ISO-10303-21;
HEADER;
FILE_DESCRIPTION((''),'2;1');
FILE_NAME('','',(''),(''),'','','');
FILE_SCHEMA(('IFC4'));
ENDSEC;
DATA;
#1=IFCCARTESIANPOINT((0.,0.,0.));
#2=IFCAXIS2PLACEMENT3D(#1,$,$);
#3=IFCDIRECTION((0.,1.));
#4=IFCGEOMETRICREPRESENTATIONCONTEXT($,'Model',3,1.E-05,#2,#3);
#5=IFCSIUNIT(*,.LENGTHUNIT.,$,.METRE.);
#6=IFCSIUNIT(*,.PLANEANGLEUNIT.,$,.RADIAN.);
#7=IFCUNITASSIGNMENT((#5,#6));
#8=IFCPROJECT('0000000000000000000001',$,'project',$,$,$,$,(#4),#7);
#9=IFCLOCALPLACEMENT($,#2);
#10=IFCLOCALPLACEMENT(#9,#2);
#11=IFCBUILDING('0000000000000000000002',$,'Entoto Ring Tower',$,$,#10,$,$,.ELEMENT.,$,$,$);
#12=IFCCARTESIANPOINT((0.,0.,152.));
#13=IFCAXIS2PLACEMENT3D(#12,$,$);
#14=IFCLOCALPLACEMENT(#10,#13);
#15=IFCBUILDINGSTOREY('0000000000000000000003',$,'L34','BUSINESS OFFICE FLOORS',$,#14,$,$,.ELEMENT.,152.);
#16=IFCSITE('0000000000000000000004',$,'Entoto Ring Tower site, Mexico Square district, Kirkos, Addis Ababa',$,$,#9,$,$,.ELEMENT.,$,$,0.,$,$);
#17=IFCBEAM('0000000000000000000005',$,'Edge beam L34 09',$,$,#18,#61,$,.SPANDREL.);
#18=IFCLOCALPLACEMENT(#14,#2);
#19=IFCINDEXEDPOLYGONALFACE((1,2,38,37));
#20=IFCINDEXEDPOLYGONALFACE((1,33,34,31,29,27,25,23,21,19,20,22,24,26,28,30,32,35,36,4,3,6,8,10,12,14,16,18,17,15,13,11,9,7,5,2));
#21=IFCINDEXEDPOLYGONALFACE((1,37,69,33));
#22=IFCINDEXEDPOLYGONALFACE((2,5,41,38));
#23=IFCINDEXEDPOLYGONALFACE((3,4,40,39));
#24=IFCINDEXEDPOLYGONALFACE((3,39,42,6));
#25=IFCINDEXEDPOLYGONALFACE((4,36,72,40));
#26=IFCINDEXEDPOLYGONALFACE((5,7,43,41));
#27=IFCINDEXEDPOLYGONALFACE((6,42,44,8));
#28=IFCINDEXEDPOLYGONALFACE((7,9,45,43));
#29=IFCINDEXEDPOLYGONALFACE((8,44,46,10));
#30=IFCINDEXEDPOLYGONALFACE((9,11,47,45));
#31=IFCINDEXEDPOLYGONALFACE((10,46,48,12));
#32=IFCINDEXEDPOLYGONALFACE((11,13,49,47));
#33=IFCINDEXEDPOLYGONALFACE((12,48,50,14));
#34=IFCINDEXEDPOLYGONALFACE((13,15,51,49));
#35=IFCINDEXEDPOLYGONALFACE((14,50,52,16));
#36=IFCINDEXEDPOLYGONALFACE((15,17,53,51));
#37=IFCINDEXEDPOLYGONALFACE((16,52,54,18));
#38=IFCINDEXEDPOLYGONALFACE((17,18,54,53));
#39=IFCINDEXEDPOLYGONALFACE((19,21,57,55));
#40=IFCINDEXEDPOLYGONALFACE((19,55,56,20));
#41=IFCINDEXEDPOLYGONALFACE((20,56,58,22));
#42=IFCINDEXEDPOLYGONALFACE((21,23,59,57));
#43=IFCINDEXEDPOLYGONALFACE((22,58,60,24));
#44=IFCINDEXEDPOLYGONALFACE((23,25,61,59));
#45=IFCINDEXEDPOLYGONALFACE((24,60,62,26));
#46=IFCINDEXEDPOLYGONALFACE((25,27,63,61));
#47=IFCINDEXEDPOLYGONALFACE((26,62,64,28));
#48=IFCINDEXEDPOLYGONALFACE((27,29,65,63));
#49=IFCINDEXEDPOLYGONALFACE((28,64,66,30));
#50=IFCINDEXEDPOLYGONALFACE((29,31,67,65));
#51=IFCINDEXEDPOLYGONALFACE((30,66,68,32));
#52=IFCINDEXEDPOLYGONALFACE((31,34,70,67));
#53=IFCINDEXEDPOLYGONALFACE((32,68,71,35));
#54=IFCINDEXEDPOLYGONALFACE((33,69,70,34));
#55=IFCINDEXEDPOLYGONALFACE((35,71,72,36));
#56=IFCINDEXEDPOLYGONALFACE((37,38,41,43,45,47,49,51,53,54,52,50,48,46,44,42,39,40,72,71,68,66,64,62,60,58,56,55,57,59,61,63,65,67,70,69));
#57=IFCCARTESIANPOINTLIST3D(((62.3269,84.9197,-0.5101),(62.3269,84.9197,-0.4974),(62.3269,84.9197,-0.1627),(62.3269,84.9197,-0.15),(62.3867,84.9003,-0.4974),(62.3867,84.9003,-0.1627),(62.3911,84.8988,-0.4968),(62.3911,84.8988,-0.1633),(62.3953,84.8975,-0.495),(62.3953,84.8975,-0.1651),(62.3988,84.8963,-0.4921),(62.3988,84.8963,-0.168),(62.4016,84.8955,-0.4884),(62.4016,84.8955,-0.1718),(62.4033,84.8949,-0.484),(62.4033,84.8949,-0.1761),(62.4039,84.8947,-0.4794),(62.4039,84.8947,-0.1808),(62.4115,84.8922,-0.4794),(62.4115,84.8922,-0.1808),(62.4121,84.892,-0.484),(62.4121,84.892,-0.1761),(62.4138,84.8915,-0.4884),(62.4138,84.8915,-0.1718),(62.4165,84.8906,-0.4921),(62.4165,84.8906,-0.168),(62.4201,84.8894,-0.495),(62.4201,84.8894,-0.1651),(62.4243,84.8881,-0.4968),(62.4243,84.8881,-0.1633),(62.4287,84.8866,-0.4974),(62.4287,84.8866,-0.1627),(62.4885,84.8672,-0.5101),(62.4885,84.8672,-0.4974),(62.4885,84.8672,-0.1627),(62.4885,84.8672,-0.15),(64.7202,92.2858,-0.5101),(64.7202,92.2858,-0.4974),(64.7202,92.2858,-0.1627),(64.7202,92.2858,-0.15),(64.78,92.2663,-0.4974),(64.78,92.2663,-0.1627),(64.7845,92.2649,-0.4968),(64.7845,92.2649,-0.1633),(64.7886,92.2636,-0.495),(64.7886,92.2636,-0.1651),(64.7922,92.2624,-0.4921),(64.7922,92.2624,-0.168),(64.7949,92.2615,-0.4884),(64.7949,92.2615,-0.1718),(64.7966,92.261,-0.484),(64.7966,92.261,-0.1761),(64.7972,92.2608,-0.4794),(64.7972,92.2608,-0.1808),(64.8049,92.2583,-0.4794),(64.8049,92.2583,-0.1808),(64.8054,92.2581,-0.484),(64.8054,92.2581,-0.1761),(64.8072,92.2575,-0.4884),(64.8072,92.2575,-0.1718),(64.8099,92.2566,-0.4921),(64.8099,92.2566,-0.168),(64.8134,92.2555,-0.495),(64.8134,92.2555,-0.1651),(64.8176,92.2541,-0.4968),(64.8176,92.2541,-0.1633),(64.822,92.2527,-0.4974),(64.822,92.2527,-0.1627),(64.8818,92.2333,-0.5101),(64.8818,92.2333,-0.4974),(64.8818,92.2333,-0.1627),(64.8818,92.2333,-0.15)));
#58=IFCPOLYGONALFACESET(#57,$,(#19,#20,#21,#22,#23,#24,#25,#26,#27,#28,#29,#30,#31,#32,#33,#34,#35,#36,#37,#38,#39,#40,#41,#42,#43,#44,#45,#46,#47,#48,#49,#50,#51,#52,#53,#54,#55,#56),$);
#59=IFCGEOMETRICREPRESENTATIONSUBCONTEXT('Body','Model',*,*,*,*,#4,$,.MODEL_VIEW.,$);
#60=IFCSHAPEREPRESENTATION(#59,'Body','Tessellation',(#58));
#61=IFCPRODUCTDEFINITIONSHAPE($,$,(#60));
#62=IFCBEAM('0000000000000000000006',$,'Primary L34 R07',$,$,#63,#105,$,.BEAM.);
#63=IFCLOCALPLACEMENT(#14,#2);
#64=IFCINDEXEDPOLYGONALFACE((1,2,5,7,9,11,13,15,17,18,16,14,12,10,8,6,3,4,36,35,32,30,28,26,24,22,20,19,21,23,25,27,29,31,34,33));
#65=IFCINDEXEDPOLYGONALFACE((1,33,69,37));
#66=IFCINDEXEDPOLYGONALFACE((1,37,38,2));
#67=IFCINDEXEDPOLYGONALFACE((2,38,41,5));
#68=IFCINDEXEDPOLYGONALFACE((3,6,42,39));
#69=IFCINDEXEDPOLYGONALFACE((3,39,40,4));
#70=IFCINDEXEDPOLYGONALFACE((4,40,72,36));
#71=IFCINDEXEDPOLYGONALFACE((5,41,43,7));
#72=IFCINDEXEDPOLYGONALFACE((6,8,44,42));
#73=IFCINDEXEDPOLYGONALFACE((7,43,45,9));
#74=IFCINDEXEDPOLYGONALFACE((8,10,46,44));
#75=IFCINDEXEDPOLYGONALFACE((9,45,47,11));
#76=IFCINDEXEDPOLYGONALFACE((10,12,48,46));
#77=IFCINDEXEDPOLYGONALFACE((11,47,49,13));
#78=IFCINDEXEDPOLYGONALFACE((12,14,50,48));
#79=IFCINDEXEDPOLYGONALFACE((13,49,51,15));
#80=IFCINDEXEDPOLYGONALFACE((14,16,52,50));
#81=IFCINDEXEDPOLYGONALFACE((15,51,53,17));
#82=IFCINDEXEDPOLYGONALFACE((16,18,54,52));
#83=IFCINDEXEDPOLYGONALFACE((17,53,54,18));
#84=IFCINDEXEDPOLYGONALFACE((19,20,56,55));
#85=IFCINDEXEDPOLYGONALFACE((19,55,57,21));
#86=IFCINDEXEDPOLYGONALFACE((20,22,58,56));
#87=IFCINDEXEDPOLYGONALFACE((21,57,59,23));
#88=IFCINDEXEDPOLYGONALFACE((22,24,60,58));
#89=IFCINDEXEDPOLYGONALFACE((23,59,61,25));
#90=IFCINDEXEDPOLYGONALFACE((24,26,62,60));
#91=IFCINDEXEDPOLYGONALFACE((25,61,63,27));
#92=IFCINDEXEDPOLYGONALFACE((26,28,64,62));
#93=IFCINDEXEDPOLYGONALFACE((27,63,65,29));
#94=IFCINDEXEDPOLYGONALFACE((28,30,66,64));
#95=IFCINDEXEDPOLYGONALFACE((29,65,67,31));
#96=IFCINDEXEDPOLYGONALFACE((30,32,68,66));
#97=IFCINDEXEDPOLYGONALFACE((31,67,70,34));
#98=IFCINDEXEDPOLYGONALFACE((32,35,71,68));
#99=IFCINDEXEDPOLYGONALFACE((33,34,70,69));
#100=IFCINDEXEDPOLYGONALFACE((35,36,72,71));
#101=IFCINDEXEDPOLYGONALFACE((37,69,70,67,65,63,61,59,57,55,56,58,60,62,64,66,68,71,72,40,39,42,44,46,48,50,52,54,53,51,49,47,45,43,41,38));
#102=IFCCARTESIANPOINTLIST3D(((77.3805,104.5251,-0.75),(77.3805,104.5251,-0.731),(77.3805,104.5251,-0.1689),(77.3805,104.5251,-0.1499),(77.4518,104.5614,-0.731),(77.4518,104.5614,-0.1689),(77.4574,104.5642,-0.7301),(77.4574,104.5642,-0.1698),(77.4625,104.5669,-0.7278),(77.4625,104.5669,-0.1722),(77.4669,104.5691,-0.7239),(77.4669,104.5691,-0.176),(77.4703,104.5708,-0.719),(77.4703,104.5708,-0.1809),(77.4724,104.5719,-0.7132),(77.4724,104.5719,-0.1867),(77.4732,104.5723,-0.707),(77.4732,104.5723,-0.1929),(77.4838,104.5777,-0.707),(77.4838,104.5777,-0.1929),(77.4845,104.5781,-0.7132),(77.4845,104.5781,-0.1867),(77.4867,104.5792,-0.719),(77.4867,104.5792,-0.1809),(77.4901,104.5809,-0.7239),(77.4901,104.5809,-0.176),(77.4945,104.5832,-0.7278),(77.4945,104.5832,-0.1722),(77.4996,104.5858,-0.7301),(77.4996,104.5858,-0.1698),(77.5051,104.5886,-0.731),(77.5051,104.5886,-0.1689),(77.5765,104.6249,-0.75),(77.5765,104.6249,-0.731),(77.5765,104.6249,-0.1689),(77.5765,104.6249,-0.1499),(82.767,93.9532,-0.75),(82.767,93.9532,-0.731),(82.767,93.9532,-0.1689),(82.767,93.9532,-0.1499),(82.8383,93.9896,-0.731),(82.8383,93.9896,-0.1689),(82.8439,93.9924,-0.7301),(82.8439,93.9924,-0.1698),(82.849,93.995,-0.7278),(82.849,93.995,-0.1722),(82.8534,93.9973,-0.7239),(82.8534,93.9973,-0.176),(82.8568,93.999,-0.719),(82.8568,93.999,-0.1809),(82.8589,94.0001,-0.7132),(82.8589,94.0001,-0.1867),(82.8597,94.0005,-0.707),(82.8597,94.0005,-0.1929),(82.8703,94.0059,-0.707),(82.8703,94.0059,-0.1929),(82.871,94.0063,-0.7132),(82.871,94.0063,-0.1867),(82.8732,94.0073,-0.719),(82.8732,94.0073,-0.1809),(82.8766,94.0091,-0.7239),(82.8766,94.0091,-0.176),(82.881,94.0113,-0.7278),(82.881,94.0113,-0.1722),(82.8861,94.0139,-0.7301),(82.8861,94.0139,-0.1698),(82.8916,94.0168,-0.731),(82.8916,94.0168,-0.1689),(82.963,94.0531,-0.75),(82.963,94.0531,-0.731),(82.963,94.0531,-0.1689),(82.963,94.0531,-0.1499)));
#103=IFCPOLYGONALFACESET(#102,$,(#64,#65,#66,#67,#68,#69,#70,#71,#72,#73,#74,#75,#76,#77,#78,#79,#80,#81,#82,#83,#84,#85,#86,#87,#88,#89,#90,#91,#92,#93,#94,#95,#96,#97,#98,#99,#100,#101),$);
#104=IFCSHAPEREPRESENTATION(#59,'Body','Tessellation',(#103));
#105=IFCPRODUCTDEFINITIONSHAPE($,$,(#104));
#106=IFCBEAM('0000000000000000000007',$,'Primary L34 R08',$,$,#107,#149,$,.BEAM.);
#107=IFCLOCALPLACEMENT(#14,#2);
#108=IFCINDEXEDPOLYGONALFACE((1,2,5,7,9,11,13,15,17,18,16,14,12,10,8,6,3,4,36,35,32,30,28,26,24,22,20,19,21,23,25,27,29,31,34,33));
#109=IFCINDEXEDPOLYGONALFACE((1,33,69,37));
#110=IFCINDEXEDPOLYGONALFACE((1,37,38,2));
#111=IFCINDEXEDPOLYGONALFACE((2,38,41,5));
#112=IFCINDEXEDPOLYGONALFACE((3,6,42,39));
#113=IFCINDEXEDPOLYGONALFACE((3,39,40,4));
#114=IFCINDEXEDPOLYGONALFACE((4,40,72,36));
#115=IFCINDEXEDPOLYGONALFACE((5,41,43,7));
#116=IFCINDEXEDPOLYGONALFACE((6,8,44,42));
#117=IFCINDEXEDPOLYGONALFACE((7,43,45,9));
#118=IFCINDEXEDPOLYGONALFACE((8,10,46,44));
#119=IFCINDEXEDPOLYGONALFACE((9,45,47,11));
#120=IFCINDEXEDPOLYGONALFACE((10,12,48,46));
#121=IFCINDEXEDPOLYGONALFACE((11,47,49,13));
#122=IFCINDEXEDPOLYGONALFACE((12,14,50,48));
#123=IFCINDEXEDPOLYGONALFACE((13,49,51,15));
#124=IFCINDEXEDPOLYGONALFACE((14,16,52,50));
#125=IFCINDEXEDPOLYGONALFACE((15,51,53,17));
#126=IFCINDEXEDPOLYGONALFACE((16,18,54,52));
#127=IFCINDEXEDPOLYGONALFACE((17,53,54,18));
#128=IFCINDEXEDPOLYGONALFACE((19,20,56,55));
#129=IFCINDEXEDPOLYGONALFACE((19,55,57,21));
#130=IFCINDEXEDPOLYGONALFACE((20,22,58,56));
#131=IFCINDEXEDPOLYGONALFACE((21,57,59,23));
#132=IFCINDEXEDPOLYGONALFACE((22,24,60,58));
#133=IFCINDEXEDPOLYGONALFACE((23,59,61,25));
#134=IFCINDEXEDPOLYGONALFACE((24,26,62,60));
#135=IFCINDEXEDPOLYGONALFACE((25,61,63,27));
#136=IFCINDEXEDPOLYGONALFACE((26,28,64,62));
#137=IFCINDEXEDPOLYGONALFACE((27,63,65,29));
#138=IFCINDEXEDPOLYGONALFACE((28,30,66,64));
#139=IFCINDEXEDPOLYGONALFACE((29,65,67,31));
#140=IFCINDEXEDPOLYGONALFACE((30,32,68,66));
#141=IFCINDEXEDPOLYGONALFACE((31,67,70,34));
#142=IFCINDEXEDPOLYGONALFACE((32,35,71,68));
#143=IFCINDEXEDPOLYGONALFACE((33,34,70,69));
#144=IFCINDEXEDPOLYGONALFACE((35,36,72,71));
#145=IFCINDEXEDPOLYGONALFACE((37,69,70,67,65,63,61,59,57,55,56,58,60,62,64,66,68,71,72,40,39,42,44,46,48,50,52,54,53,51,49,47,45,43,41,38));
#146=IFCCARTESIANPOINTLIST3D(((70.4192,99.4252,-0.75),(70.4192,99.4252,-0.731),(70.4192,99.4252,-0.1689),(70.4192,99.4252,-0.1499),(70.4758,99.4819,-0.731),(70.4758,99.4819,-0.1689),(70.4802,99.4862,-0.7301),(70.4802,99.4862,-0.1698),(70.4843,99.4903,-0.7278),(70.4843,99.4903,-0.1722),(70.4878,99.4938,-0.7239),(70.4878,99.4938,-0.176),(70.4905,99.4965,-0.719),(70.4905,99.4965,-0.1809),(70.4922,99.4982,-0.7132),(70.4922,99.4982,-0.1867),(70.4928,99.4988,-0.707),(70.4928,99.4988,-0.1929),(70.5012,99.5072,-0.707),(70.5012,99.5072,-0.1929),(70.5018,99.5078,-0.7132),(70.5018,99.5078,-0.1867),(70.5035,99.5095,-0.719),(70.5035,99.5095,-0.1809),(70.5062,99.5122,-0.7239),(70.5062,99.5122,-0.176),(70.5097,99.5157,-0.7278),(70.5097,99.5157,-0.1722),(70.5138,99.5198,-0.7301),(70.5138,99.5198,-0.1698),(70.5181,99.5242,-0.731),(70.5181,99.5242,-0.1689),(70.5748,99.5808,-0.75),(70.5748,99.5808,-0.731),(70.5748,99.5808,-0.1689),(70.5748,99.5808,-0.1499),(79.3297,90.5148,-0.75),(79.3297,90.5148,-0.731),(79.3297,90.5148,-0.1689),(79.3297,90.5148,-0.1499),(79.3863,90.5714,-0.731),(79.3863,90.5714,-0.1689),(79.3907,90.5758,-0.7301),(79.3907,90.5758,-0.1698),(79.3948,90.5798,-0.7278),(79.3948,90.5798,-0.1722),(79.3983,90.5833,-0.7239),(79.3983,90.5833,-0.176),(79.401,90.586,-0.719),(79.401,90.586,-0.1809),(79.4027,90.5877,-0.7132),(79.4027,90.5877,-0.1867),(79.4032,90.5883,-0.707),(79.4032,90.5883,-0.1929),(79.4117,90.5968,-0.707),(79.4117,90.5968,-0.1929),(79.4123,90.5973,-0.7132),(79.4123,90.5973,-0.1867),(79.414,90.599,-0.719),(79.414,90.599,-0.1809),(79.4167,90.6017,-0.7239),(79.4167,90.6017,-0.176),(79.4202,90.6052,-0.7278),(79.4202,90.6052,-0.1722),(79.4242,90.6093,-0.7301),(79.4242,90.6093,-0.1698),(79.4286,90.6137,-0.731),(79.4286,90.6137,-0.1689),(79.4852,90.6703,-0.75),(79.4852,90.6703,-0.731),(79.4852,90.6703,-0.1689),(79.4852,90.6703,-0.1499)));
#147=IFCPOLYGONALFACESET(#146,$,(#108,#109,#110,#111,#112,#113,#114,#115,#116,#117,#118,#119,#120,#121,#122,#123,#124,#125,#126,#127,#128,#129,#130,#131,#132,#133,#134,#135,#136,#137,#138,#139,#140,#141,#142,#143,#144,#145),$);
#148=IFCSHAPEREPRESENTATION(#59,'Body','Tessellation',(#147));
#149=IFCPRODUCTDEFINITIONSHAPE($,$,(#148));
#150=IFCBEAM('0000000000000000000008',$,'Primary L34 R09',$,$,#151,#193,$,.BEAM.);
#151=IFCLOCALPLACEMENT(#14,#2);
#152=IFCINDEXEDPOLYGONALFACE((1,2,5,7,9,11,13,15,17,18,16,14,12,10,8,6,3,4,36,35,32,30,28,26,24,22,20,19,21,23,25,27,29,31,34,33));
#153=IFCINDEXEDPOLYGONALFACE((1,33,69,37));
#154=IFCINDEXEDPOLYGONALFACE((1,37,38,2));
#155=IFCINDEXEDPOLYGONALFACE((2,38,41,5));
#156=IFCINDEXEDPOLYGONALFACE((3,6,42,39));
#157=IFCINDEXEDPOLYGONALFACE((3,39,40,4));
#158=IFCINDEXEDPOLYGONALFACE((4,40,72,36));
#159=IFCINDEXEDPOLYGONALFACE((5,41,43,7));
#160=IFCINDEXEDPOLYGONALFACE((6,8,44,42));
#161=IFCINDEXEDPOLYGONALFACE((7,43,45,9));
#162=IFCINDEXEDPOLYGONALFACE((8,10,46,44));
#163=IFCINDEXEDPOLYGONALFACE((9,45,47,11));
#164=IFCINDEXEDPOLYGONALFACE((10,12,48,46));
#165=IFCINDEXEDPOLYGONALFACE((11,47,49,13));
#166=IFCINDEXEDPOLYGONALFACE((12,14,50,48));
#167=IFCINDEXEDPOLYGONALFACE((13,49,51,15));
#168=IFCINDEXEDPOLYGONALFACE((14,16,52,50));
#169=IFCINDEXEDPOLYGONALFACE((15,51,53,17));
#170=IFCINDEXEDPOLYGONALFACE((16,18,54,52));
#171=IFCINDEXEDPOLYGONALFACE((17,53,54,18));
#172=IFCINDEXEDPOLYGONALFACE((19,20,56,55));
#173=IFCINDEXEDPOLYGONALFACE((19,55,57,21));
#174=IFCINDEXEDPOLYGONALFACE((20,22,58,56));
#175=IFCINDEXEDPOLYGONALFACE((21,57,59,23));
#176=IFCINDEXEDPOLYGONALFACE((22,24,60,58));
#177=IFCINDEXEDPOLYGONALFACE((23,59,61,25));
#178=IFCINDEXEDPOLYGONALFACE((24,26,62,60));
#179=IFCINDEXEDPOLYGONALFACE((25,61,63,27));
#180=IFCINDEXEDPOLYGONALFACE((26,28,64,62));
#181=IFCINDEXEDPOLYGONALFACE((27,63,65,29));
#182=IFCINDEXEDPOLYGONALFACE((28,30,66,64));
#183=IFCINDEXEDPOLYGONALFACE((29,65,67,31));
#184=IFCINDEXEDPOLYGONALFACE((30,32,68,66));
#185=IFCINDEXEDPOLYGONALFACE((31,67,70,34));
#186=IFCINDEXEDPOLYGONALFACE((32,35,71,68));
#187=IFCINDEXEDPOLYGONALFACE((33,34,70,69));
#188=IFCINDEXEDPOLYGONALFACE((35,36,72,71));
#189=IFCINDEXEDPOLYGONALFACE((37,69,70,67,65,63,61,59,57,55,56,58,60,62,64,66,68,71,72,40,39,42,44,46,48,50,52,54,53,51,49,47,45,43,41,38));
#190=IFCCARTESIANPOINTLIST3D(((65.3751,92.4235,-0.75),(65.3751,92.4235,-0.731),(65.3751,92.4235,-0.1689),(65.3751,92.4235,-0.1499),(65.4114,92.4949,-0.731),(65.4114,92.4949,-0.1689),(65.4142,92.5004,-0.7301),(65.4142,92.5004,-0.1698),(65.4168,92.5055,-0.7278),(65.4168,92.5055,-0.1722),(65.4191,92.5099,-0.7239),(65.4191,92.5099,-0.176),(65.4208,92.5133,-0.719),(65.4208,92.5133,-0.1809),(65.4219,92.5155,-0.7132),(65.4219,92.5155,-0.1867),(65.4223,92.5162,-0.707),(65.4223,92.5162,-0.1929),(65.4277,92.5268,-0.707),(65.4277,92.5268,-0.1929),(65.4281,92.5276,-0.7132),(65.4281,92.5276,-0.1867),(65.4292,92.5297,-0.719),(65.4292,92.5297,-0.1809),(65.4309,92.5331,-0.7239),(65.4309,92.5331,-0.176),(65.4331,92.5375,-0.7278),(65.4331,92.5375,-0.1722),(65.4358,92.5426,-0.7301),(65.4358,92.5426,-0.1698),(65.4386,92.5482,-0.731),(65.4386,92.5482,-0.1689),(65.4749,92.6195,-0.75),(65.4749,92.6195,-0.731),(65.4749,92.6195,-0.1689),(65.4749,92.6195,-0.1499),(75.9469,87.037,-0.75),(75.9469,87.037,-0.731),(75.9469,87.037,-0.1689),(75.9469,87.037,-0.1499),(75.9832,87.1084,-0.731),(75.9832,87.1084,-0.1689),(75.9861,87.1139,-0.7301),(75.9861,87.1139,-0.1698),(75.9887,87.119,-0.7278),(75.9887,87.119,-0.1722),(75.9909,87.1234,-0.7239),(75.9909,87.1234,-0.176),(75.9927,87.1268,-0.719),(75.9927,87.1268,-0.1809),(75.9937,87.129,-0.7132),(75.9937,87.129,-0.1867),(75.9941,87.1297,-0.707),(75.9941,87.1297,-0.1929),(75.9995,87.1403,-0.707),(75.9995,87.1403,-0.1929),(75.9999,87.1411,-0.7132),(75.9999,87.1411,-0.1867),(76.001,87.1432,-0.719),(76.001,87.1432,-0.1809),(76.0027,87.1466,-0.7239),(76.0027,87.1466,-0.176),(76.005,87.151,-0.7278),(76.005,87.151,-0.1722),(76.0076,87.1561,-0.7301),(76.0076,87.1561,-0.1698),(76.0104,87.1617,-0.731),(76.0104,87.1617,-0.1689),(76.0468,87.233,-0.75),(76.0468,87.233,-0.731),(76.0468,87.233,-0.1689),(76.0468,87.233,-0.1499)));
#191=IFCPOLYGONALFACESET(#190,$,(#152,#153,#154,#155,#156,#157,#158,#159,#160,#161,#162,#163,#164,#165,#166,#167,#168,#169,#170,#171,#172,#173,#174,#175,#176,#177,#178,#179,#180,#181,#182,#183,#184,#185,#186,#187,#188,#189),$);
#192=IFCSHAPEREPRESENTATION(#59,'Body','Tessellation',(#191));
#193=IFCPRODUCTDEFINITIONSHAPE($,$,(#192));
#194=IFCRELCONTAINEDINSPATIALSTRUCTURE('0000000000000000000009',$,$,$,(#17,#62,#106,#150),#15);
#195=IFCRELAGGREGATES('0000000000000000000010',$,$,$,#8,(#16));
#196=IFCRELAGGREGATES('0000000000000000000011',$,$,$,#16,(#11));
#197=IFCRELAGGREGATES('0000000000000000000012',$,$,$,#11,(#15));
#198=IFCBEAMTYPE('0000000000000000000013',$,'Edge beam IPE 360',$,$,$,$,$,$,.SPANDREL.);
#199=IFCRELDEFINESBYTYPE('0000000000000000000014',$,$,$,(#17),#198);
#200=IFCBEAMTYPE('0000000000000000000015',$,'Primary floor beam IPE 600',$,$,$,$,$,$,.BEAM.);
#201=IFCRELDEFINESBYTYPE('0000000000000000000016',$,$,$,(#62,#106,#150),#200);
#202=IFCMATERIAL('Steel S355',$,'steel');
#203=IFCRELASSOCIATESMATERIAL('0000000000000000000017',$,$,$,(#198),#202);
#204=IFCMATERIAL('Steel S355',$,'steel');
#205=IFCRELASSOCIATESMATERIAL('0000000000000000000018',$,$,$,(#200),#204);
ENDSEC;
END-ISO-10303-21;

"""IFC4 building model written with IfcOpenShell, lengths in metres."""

from ifc_helpers import new_model, si_unit, direction, frame, origin, origin_2d, place, context, subcontext, project, spatial, i_section, extrude, material, material_profile, profile_set, type_object, element, save


model = new_model("IFC4")

# Units and contexts
model_context = context("Model", 3, precision=1e-05, world=origin(), true_north=direction((0.0, 1.0)))
body_context = subcontext(model_context, "Body", "Model", "MODEL_VIEW")
ifc_project = project(units=[si_unit("LENGTHUNIT", "METRE"), si_unit("PLANEANGLEUNIT", "RADIAN")], contexts=[model_context])

# Site, building, storey
site_placement = place(None, origin())
site = spatial("IfcSite", under=ifc_project, at=site_placement, Name="Entoto Ring Tower site, Mexico Square district, Kirkos, Addis Ababa", CompositionType="ELEMENT", RefElevation=0.0)
building_placement = place(site_placement, origin())
building = spatial("IfcBuilding", under=site, at=building_placement, Name="Entoto Ring Tower", CompositionType="ELEMENT")
storey_placement = place(building_placement, frame((0.0, 0.0, 152.0)))
storey = spatial("IfcBuildingStorey", under=building, at=storey_placement, Name="L34", Description="BUSINESS OFFICE FLOORS", CompositionType="ELEMENT", Elevation=152.0)

# Beams
ifc_material_1 = material(Name="Steel S355", Category="steel")
ifc_material_profile_1 = material_profile(ifc_material_1, i_section(OverallWidth=0.1699, OverallDepth=0.3601, WebThickness=0.0081, FlangeThickness=0.0127, FilletRadius=0.0181, at=origin_2d()), Name="IPE 360")
ifc_profile_set_1 = profile_set([ifc_material_profile_1], Name="Steel S355")
beam_type_1 = type_object("IfcBeamType", Name="Edge beam IPE 360", PredefinedType="SPANDREL", material=ifc_profile_set_1)
for number, where, z_axis, x_axis, name in (
    (1, (64.801, 92.2595, -0.3301), (-0.309013, -0.951058, 0.0), (0.951058, -0.309013, 0.0), "Edge beam L34 09"),
):
    element("IfcBeam", number, at=place(storey_placement, frame(where, z_axis=z_axis, x_axis=x_axis)), inside=storey, type_object=beam_type_1, Name=name, PredefinedType="SPANDREL", context=body_context, shape_type="SweptSolid", body=[
        extrude(i_section(OverallWidth=0.1699, OverallDepth=0.3601, WebThickness=0.0081, FlangeThickness=0.0127, FilletRadius=0.0181, at=origin_2d()), origin(), (0.0, 0.0, 1.0), 7.7451),
    ])
ifc_material_2 = material(Name="Steel S355", Category="steel")
ifc_material_profile_2 = material_profile(ifc_material_2, i_section(OverallWidth=0.22, OverallDepth=0.6001, WebThickness=0.012, FlangeThickness=0.019, FilletRadius=0.0239, at=origin_2d()), Name="IPE 600")
ifc_profile_set_2 = profile_set([ifc_material_profile_2], Name="Steel S355")
beam_type_2 = type_object("IfcBeamType", Name="Primary floor beam IPE 600", PredefinedType="BEAM", material=ifc_profile_set_2)
beam_1_placement = place(storey_placement, frame((82.865, 94.0032, -0.45), z_axis=(-0.453983, 0.89101, 0.0), x_axis=(-0.89101, -0.453983, 0.0)))
element("IfcBeam", 2, at=beam_1_placement, inside=storey, type_object=beam_type_2, Name="Primary L34 R07", PredefinedType="BEAM", context=body_context, shape_type="SweptSolid", body=[
    extrude(i_section(OverallWidth=0.22, OverallDepth=0.6001, WebThickness=0.012, FlangeThickness=0.019, FilletRadius=0.0239, at=origin_2d()), origin(), (0.0, 0.0, 1.0), 11.865),
])
beam_2_placement = place(storey_placement, frame((79.4075, 90.5925, -0.45), z_axis=(-0.707107, 0.707107, 0.0), x_axis=(-0.707107, -0.707107, 0.0)))
element("IfcBeam", 3, at=beam_2_placement, inside=storey, type_object=beam_type_2, Name="Primary L34 R08", PredefinedType="BEAM", context=body_context, shape_type="SweptSolid", body=[
    extrude(i_section(OverallWidth=0.22, OverallDepth=0.6001, WebThickness=0.012, FlangeThickness=0.019, FilletRadius=0.0239, at=origin_2d()), origin(), (0.0, 0.0, 1.0), 12.6013),
])
beam_3_placement = place(storey_placement, frame((75.9968, 87.135, -0.45), z_axis=(-0.89101, 0.453983, 0.0), x_axis=(-0.453983, -0.89101, 0.0)))
element("IfcBeam", 4, at=beam_3_placement, inside=storey, type_object=beam_type_2, Name="Primary L34 R09", PredefinedType="BEAM", context=body_context, shape_type="SweptSolid", body=[
    extrude(i_section(OverallWidth=0.22, OverallDepth=0.6001, WebThickness=0.012, FlangeThickness=0.019, FilletRadius=0.0239, at=origin_2d()), origin(), (0.0, 0.0, 1.0), 11.865),
])

save(model, "model.ifc")
